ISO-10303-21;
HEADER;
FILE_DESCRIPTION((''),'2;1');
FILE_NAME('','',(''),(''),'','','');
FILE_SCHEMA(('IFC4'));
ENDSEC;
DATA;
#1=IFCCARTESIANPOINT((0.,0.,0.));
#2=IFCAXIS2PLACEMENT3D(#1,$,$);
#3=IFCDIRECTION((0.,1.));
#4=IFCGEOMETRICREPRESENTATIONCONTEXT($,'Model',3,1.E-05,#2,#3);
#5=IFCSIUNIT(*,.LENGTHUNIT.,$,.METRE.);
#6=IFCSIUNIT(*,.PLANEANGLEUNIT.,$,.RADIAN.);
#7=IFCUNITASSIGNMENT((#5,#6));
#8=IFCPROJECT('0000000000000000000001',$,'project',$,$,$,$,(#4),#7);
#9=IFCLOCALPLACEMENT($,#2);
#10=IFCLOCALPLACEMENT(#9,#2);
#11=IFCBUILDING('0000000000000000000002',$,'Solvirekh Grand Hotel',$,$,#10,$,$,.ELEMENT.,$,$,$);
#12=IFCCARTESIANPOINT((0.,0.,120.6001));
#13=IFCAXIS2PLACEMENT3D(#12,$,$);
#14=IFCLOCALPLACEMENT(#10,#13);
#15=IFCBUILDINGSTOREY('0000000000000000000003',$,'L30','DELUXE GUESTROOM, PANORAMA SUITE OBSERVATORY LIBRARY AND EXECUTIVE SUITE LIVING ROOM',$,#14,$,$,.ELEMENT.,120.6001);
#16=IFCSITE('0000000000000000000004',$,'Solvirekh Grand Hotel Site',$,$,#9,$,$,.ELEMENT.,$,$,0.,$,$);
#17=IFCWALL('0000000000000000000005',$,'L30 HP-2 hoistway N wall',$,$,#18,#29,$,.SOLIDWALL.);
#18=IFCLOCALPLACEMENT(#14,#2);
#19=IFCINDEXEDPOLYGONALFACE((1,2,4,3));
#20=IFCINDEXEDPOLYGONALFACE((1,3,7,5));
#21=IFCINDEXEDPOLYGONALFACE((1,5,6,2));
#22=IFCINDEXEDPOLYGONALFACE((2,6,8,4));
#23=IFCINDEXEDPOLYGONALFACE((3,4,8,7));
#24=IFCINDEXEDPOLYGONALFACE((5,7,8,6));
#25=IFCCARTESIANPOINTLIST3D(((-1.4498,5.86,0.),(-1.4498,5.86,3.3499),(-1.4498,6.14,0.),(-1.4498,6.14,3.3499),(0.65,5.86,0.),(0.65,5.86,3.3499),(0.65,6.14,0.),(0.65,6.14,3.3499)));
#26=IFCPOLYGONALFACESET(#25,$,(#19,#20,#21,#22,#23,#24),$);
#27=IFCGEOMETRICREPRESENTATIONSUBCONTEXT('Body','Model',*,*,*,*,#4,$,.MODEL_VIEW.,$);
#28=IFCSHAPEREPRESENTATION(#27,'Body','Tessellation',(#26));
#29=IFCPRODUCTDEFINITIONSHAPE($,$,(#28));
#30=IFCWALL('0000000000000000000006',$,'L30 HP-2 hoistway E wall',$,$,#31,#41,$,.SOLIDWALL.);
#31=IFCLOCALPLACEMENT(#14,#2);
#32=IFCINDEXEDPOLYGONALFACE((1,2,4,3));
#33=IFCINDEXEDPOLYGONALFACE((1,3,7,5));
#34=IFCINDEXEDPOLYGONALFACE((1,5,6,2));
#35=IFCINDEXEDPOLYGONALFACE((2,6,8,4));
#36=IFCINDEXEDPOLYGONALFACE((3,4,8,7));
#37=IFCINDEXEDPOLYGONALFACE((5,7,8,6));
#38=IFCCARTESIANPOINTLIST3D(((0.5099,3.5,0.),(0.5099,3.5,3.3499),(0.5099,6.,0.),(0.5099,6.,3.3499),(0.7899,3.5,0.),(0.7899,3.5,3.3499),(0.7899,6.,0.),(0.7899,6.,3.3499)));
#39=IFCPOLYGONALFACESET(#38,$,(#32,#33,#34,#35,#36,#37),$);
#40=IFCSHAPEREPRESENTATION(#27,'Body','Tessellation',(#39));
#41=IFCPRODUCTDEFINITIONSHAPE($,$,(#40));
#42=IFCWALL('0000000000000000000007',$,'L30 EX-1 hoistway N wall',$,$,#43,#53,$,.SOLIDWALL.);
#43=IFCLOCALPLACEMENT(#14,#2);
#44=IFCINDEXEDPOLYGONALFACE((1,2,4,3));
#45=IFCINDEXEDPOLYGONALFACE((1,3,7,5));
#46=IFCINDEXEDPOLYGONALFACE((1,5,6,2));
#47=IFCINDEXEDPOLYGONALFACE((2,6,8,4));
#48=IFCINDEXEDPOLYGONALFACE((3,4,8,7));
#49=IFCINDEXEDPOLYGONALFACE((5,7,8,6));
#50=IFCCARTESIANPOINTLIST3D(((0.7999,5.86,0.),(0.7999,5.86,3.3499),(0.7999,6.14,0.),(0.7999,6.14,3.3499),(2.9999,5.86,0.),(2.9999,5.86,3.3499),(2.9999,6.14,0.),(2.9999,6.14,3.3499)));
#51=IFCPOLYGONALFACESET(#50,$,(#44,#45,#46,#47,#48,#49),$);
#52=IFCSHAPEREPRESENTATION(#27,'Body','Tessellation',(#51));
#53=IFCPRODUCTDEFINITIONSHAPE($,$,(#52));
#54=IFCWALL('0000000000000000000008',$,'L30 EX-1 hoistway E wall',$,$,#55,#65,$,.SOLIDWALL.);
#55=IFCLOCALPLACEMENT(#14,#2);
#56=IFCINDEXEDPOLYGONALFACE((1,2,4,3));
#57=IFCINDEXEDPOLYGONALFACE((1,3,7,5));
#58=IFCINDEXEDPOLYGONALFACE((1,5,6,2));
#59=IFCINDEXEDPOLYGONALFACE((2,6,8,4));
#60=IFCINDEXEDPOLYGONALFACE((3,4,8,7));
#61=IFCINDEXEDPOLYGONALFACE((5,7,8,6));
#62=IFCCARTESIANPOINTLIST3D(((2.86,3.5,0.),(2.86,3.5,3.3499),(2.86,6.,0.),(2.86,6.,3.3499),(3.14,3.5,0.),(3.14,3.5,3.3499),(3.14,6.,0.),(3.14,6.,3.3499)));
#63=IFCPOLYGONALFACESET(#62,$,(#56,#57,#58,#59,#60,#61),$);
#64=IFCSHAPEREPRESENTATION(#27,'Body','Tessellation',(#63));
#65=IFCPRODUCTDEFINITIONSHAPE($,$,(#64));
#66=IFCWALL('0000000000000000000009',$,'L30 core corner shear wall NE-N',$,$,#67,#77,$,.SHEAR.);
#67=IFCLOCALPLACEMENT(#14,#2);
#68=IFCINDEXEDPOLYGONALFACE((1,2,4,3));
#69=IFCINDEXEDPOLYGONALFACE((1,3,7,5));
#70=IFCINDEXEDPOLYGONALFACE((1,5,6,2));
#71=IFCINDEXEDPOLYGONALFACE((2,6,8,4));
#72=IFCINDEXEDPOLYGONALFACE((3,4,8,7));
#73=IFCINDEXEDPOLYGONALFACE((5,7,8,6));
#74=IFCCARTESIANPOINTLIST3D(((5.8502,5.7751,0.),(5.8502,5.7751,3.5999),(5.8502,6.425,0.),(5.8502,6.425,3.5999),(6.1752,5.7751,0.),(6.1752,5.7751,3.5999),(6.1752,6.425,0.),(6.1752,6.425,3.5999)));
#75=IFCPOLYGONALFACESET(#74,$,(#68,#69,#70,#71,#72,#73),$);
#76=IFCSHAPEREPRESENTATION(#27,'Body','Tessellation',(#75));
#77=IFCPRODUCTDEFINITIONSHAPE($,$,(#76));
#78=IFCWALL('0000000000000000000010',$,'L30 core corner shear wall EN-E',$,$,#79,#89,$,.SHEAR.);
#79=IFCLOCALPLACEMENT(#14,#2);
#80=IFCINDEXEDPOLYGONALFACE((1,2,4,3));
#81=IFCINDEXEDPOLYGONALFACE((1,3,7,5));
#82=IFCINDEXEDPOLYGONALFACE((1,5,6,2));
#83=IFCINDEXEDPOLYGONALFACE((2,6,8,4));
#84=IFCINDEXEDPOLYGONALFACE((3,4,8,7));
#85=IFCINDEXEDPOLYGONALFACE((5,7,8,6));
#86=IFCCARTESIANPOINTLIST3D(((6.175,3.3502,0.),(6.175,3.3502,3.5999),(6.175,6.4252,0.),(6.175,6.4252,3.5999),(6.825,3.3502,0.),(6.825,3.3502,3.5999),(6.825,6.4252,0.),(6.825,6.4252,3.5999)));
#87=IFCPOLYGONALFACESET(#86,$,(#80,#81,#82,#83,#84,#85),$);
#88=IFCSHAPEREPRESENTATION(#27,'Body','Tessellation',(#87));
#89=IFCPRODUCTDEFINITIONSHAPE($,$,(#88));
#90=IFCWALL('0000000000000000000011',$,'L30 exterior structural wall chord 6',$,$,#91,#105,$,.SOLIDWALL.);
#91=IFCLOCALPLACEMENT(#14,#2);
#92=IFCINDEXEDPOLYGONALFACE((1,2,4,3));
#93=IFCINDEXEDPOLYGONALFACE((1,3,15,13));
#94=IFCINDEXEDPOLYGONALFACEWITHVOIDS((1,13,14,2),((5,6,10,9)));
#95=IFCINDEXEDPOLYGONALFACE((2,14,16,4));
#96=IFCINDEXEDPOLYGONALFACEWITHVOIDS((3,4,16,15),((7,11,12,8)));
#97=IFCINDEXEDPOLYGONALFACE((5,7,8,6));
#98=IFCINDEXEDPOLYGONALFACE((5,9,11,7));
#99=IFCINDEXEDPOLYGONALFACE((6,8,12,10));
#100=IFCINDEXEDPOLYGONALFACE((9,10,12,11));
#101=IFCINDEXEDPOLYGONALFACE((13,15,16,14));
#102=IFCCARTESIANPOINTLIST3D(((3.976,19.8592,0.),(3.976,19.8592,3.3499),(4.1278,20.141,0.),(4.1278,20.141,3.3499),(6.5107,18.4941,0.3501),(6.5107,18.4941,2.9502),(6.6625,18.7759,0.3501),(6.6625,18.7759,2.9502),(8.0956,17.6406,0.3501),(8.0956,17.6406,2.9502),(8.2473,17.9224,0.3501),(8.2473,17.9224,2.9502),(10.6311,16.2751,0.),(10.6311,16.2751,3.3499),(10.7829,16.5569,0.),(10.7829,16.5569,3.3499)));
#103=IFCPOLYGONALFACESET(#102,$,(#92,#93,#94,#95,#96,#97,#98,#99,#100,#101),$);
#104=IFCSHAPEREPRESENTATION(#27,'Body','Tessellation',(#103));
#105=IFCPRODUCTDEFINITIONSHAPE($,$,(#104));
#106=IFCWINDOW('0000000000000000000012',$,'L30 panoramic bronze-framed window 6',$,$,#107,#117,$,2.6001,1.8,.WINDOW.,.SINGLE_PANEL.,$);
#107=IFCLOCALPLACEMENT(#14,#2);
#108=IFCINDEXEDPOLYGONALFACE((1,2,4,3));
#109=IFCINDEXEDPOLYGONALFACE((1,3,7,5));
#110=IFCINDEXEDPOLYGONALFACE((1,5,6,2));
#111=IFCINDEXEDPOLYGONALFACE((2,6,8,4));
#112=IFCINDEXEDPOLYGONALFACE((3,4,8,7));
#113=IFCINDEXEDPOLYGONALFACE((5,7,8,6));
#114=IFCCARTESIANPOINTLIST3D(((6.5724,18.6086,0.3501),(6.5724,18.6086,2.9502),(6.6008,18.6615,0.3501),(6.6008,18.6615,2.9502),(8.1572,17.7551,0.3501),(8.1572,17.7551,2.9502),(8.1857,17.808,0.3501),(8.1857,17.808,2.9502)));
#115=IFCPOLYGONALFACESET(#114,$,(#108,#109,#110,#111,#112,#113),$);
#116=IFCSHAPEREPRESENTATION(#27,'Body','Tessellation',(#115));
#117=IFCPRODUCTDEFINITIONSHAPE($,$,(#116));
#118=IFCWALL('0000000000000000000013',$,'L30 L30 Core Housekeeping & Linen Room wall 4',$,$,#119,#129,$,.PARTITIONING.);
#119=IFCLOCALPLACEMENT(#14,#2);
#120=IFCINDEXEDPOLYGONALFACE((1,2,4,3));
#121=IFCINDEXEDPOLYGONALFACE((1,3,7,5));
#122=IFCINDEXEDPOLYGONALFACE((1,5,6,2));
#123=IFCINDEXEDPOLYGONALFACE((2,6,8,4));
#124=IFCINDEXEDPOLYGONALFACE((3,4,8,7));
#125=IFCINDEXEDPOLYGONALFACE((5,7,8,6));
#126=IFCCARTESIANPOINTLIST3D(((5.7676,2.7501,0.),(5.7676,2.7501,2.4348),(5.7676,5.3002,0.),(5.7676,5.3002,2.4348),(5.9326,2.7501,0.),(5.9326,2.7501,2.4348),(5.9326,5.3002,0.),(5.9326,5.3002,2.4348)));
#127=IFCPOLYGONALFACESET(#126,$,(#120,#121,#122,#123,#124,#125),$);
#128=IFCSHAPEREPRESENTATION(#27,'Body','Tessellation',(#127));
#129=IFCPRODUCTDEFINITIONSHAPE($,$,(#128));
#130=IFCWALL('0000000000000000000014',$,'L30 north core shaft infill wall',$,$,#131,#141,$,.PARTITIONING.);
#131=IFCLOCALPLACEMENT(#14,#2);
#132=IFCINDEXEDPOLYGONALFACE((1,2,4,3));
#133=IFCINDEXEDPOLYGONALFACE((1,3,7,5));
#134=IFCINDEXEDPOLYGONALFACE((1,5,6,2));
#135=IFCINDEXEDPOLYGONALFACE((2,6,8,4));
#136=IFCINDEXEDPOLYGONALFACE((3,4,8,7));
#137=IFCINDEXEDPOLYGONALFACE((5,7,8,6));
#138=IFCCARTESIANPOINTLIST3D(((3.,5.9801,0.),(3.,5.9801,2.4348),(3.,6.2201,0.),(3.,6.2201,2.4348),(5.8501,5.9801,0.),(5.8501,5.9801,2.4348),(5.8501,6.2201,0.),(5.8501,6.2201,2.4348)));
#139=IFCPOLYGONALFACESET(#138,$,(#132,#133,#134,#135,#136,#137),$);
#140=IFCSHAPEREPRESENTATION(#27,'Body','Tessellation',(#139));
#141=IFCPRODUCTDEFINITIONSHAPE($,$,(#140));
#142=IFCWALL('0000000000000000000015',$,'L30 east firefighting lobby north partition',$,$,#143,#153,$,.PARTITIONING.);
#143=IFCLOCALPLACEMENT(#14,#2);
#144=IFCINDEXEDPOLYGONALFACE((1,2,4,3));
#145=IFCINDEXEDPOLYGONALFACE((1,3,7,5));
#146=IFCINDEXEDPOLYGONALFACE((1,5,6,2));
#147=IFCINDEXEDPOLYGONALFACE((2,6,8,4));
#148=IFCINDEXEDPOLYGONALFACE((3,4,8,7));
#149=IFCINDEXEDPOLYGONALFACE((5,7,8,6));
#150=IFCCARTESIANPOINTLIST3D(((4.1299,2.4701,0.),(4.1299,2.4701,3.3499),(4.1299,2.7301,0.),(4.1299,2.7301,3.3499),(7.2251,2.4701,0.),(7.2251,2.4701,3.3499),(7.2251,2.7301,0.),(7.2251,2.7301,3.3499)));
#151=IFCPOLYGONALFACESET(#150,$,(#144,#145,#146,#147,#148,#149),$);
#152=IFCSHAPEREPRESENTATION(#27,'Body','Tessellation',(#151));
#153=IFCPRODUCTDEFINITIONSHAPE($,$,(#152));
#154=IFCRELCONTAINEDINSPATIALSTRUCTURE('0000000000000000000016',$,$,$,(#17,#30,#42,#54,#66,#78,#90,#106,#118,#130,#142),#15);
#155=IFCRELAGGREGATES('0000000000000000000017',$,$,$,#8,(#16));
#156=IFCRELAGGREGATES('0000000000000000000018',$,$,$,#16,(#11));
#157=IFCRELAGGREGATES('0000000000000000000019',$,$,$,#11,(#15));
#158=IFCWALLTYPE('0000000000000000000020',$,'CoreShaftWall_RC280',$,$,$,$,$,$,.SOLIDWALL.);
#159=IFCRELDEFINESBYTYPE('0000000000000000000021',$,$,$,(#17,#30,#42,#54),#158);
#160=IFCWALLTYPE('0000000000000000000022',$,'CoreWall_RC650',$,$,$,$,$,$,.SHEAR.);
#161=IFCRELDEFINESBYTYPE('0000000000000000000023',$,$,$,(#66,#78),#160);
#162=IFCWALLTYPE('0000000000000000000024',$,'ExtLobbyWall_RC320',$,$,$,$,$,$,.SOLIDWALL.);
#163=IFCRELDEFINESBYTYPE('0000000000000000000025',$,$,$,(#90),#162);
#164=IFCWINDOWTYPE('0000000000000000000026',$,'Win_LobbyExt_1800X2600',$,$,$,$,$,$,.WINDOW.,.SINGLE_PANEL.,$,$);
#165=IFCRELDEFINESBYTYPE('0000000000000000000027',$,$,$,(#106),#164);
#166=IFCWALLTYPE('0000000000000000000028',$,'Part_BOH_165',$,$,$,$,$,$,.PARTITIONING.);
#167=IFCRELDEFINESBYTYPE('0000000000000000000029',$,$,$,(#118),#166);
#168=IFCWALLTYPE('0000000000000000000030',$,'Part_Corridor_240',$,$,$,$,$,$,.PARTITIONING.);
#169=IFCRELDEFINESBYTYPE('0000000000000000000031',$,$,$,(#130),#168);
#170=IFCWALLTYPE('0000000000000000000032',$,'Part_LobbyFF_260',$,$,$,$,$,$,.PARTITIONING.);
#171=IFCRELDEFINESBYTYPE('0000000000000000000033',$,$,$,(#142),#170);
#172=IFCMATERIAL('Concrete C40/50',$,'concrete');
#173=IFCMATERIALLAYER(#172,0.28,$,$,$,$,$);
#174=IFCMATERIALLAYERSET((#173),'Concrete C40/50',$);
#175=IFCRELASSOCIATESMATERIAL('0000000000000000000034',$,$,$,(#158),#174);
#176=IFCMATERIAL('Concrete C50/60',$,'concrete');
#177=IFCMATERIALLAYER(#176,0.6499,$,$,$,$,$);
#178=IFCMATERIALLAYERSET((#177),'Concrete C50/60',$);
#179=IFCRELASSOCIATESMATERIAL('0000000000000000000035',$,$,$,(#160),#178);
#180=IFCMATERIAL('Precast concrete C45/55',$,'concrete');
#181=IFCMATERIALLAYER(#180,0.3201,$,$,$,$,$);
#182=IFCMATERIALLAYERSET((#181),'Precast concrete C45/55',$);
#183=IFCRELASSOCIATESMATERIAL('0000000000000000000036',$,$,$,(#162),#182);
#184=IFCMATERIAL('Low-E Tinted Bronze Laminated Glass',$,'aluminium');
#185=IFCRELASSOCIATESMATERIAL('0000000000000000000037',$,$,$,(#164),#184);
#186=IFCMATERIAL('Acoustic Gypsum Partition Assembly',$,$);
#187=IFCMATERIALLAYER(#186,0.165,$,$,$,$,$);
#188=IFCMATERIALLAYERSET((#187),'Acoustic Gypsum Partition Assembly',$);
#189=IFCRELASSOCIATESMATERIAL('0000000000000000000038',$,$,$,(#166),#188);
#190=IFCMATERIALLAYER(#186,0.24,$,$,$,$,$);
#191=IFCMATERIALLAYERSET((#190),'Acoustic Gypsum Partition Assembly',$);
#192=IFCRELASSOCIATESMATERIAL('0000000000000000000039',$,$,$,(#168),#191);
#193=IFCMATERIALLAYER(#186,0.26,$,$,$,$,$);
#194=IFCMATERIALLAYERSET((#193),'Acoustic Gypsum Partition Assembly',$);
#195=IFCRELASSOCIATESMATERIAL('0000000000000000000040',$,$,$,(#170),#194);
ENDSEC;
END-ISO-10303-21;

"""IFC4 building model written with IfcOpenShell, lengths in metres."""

from ifc_helpers import new_model, si_unit, direction, frame, frame_2d, origin, place, context, subcontext, project, spatial, rectangle, extrude, material, layer, layer_set, type_object, element, fill, save


model = new_model("IFC4")

# Units and contexts
model_context = context("Model", 3, precision=1e-05, world=origin(), true_north=direction((0.0, 1.0)))
body_context = subcontext(model_context, "Body", "Model", "MODEL_VIEW")
ifc_project = project(units=[si_unit("LENGTHUNIT", "METRE"), si_unit("PLANEANGLEUNIT", "RADIAN")], contexts=[model_context])

# Site, building, storey
site_placement = place(None, origin())
site = spatial("IfcSite", under=ifc_project, at=site_placement, Name="Solvirekh Grand Hotel Site", CompositionType="ELEMENT", RefElevation=0.0)
building_placement = place(site_placement, origin())
building = spatial("IfcBuilding", under=site, at=building_placement, Name="Solvirekh Grand Hotel", CompositionType="ELEMENT")
storey_placement = place(building_placement, frame((0.0, 0.0, 120.6001)))
storey = spatial("IfcBuildingStorey", under=building, at=storey_placement, Name="L30", Description="DELUXE GUESTROOM, PANORAMA SUITE OBSERVATORY LIBRARY AND EXECUTIVE SUITE LIVING ROOM", CompositionType="ELEMENT", Elevation=120.6001)

# Walls
ifc_material_1 = material(Name="Concrete C40/50", Category="concrete")
ifc_layer_1 = layer(ifc_material_1, 0.28)
ifc_layer_set_1 = layer_set([ifc_layer_1], Name="Concrete C40/50")
wall_type_1 = type_object("IfcWallType", Name="CoreShaftWall_RC280", PredefinedType="SOLIDWALL", material=ifc_layer_set_1)
wall_1_placement = place(storey_placement, frame((0.6499, 6.0, 0.0), z_axis=(0.0, 0.0, 1.0), x_axis=(-1.0, 0.0, 0.0)))
element("IfcWall", 1, at=wall_1_placement, inside=storey, type_object=wall_type_1, Name="L30 HP-2 hoistway N wall", PredefinedType="SOLIDWALL", context=body_context, shape_type="SweptSolid", body=[
    extrude(rectangle(XDim=2.0999, YDim=0.28, at=frame_2d((1.0498, 0.0))), origin(), (0.0, 0.0, 1.0), 3.3499),
])
wall_2_placement = place(storey_placement, frame((0.6499, 3.5, 0.0), z_axis=(0.0, 0.0, 1.0), x_axis=(0.0, 1.0, 0.0)))
element("IfcWall", 2, at=wall_2_placement, inside=storey, type_object=wall_type_1, Name="L30 HP-2 hoistway E wall", PredefinedType="SOLIDWALL", context=body_context, shape_type="SweptSolid", body=[
    extrude(rectangle(XDim=2.5, YDim=0.28, at=frame_2d((1.25, 0.0))), origin(), (0.0, 0.0, 1.0), 3.3499),
])
wall_3_placement = place(storey_placement, frame((3.0, 6.0, 0.0), z_axis=(0.0, 0.0, 1.0), x_axis=(-1.0, 0.0, 0.0)))
element("IfcWall", 3, at=wall_3_placement, inside=storey, type_object=wall_type_1, Name="L30 EX-1 hoistway N wall", PredefinedType="SOLIDWALL", context=body_context, shape_type="SweptSolid", body=[
    extrude(rectangle(XDim=2.2, YDim=0.28, at=frame_2d((1.1001, 0.0))), origin(), (0.0, 0.0, 1.0), 3.3499),
])
wall_4_placement = place(storey_placement, frame((3.0, 3.5, 0.0), z_axis=(0.0, 0.0, 1.0), x_axis=(0.0, 1.0, 0.0)))
element("IfcWall", 4, at=wall_4_placement, inside=storey, type_object=wall_type_1, Name="L30 EX-1 hoistway E wall", PredefinedType="SOLIDWALL", context=body_context, shape_type="SweptSolid", body=[
    extrude(rectangle(XDim=2.5, YDim=0.28, at=frame_2d((1.25, 0.0))), origin(), (0.0, 0.0, 1.0), 3.3499),
])
ifc_material_2 = material(Name="Concrete C50/60", Category="concrete")
ifc_layer_2 = layer(ifc_material_2, 0.6499)
ifc_layer_set_2 = layer_set([ifc_layer_2], Name="Concrete C50/60")
wall_type_2 = type_object("IfcWallType", Name="CoreWall_RC650", PredefinedType="SHEAR", material=ifc_layer_set_2)
wall_5_placement = place(storey_placement, frame((5.8501, 6.1001, 0.0), z_axis=(0.0, 0.0, 1.0), x_axis=(1.0, 0.0, 0.0)))
element("IfcWall", 5, at=wall_5_placement, inside=storey, type_object=wall_type_2, Name="L30 core corner shear wall NE-N", PredefinedType="SHEAR", context=body_context, shape_type="SweptSolid", body=[
    extrude(rectangle(XDim=0.325, YDim=0.6499, at=frame_2d((0.1626, 0.0))), origin(), (0.0, 0.0, 1.0), 3.5999),
])
wall_6_placement = place(storey_placement, frame((6.5, 3.3501, 0.0), z_axis=(0.0, 0.0, 1.0), x_axis=(0.0, 1.0, 0.0)))
element("IfcWall", 6, at=wall_6_placement, inside=storey, type_object=wall_type_2, Name="L30 core corner shear wall EN-E", PredefinedType="SHEAR", context=body_context, shape_type="SweptSolid", body=[
    extrude(rectangle(XDim=3.075, YDim=0.6499, at=frame_2d((1.5376, 0.0))), origin(), (0.0, 0.0, 1.0), 3.5999),
])

# Wall, opening, window
ifc_material_3 = material(Name="Precast concrete C45/55", Category="concrete")
ifc_layer_3 = layer(ifc_material_3, 0.3201)
ifc_layer_set_3 = layer_set([ifc_layer_3], Name="Precast concrete C45/55")
wall_type_3 = type_object("IfcWallType", Name="ExtLobbyWall_RC320", PredefinedType="SOLIDWALL", material=ifc_layer_set_3)
wall_7_placement = place(storey_placement, frame((4.052, 20.0, 0.0), z_axis=(0.0, 0.0, 1.0), x_axis=(0.880443, -0.474152, 0.0)))
wall_7 = element("IfcWall", 7, at=wall_7_placement, inside=storey, type_object=wall_type_3, Name="L30 exterior structural wall chord 6", PredefinedType="SOLIDWALL", context=body_context, shape_type="SweptSolid", body=[
    extrude(rectangle(XDim=7.5588, YDim=0.3201, at=frame_2d((3.7793, 0.0))), origin(), (0.0, 0.0, 1.0), 3.3499),
])
opening_1_placement = place(wall_7_placement, frame((2.8789, 0.0, 0.3501)))
opening_1 = element("IfcOpeningElement", 8, at=opening_1_placement, cuts=wall_7, PredefinedType="OPENING", context=body_context, shape_type="SweptSolid", body=[
    extrude(rectangle(XDim=1.8, YDim=2.6001, at=frame_2d((0.8999, 1.3))), frame((0.0, 0.1699, 0.0), z_axis=(0.0, -1.0, 0.0), x_axis=(1.0, 0.0, 0.0)), (0.0, 0.0, 1.0), 0.3401),
])
ifc_material_4 = material(Name="Low-E Tinted Bronze Laminated Glass", Category="aluminium")
window_type = type_object("IfcWindowType", Name="Win_LobbyExt_1800X2600", PartitioningType="SINGLE_PANEL", PredefinedType="WINDOW", material=ifc_material_4)
window_placement = place(opening_1_placement, origin())
window = element("IfcWindow", 9, at=window_placement, inside=storey, type_object=window_type, Name="L30 panoramic bronze-framed window 6", OverallHeight=2.6001, OverallWidth=1.8, PartitioningType="SINGLE_PANEL", PredefinedType="WINDOW", context=body_context, shape_type="SweptSolid", body=[
    extrude(rectangle(XDim=1.8, YDim=2.6001, at=frame_2d((0.8999, 1.3))), frame((0.0, 0.03, 0.0), z_axis=(0.0, -1.0, 0.0), x_axis=(1.0, 0.0, 0.0)), (0.0, 0.0, 1.0), 0.0601),
])
fill(opening_1, window)

# Walls
ifc_material_5 = material(Name="Acoustic Gypsum Partition Assembly")
ifc_layer_4 = layer(ifc_material_5, 0.165)
ifc_layer_set_4 = layer_set([ifc_layer_4], Name="Acoustic Gypsum Partition Assembly")
wall_type_4 = type_object("IfcWallType", Name="Part_BOH_165", PredefinedType="PARTITIONING", material=ifc_layer_set_4)
wall_8_placement = place(storey_placement, frame((5.8501, 5.3, 0.0), z_axis=(0.0, 0.0, 1.0), x_axis=(0.0, -1.0, 0.0)))
element("IfcWall", 10, at=wall_8_placement, inside=storey, type_object=wall_type_4, Name="L30 L30 Core Housekeeping & Linen Room wall 4", PredefinedType="PARTITIONING", context=body_context, shape_type="SweptSolid", body=[
    extrude(rectangle(XDim=2.55, YDim=0.165, at=frame_2d((1.2749, 0.0))), origin(), (0.0, 0.0, 1.0), 2.4348),
])
ifc_layer_5 = layer(ifc_material_5, 0.24)
ifc_layer_set_5 = layer_set([ifc_layer_5], Name="Acoustic Gypsum Partition Assembly")
wall_type_5 = type_object("IfcWallType", Name="Part_Corridor_240", PredefinedType="PARTITIONING", material=ifc_layer_set_5)
wall_9_placement = place(storey_placement, frame((3.0, 6.1001, 0.0), z_axis=(0.0, 0.0, 1.0), x_axis=(1.0, 0.0, 0.0)))
element("IfcWall", 11, at=wall_9_placement, inside=storey, type_object=wall_type_5, Name="L30 north core shaft infill wall", PredefinedType="PARTITIONING", context=body_context, shape_type="SweptSolid", body=[
    extrude(rectangle(XDim=2.8501, YDim=0.24, at=frame_2d((1.425, 0.0))), origin(), (0.0, 0.0, 1.0), 2.4348),
])
ifc_layer_6 = layer(ifc_material_5, 0.26)
ifc_layer_set_6 = layer_set([ifc_layer_6], Name="Acoustic Gypsum Partition Assembly")
wall_type_6 = type_object("IfcWallType", Name="Part_LobbyFF_260", PredefinedType="PARTITIONING", material=ifc_layer_set_6)
wall_10_placement = place(storey_placement, frame((4.1299, 2.6001, 0.0), z_axis=(0.0, 0.0, 1.0), x_axis=(1.0, 0.0, 0.0)))
element("IfcWall", 12, at=wall_10_placement, inside=storey, type_object=wall_type_6, Name="L30 east firefighting lobby north partition", PredefinedType="PARTITIONING", context=body_context, shape_type="SweptSolid", body=[
    extrude(rectangle(XDim=3.0952, YDim=0.26, at=frame_2d((1.5476, 0.0))), origin(), (0.0, 0.0, 1.0), 3.3499),
])

save(model, "model.ifc")
